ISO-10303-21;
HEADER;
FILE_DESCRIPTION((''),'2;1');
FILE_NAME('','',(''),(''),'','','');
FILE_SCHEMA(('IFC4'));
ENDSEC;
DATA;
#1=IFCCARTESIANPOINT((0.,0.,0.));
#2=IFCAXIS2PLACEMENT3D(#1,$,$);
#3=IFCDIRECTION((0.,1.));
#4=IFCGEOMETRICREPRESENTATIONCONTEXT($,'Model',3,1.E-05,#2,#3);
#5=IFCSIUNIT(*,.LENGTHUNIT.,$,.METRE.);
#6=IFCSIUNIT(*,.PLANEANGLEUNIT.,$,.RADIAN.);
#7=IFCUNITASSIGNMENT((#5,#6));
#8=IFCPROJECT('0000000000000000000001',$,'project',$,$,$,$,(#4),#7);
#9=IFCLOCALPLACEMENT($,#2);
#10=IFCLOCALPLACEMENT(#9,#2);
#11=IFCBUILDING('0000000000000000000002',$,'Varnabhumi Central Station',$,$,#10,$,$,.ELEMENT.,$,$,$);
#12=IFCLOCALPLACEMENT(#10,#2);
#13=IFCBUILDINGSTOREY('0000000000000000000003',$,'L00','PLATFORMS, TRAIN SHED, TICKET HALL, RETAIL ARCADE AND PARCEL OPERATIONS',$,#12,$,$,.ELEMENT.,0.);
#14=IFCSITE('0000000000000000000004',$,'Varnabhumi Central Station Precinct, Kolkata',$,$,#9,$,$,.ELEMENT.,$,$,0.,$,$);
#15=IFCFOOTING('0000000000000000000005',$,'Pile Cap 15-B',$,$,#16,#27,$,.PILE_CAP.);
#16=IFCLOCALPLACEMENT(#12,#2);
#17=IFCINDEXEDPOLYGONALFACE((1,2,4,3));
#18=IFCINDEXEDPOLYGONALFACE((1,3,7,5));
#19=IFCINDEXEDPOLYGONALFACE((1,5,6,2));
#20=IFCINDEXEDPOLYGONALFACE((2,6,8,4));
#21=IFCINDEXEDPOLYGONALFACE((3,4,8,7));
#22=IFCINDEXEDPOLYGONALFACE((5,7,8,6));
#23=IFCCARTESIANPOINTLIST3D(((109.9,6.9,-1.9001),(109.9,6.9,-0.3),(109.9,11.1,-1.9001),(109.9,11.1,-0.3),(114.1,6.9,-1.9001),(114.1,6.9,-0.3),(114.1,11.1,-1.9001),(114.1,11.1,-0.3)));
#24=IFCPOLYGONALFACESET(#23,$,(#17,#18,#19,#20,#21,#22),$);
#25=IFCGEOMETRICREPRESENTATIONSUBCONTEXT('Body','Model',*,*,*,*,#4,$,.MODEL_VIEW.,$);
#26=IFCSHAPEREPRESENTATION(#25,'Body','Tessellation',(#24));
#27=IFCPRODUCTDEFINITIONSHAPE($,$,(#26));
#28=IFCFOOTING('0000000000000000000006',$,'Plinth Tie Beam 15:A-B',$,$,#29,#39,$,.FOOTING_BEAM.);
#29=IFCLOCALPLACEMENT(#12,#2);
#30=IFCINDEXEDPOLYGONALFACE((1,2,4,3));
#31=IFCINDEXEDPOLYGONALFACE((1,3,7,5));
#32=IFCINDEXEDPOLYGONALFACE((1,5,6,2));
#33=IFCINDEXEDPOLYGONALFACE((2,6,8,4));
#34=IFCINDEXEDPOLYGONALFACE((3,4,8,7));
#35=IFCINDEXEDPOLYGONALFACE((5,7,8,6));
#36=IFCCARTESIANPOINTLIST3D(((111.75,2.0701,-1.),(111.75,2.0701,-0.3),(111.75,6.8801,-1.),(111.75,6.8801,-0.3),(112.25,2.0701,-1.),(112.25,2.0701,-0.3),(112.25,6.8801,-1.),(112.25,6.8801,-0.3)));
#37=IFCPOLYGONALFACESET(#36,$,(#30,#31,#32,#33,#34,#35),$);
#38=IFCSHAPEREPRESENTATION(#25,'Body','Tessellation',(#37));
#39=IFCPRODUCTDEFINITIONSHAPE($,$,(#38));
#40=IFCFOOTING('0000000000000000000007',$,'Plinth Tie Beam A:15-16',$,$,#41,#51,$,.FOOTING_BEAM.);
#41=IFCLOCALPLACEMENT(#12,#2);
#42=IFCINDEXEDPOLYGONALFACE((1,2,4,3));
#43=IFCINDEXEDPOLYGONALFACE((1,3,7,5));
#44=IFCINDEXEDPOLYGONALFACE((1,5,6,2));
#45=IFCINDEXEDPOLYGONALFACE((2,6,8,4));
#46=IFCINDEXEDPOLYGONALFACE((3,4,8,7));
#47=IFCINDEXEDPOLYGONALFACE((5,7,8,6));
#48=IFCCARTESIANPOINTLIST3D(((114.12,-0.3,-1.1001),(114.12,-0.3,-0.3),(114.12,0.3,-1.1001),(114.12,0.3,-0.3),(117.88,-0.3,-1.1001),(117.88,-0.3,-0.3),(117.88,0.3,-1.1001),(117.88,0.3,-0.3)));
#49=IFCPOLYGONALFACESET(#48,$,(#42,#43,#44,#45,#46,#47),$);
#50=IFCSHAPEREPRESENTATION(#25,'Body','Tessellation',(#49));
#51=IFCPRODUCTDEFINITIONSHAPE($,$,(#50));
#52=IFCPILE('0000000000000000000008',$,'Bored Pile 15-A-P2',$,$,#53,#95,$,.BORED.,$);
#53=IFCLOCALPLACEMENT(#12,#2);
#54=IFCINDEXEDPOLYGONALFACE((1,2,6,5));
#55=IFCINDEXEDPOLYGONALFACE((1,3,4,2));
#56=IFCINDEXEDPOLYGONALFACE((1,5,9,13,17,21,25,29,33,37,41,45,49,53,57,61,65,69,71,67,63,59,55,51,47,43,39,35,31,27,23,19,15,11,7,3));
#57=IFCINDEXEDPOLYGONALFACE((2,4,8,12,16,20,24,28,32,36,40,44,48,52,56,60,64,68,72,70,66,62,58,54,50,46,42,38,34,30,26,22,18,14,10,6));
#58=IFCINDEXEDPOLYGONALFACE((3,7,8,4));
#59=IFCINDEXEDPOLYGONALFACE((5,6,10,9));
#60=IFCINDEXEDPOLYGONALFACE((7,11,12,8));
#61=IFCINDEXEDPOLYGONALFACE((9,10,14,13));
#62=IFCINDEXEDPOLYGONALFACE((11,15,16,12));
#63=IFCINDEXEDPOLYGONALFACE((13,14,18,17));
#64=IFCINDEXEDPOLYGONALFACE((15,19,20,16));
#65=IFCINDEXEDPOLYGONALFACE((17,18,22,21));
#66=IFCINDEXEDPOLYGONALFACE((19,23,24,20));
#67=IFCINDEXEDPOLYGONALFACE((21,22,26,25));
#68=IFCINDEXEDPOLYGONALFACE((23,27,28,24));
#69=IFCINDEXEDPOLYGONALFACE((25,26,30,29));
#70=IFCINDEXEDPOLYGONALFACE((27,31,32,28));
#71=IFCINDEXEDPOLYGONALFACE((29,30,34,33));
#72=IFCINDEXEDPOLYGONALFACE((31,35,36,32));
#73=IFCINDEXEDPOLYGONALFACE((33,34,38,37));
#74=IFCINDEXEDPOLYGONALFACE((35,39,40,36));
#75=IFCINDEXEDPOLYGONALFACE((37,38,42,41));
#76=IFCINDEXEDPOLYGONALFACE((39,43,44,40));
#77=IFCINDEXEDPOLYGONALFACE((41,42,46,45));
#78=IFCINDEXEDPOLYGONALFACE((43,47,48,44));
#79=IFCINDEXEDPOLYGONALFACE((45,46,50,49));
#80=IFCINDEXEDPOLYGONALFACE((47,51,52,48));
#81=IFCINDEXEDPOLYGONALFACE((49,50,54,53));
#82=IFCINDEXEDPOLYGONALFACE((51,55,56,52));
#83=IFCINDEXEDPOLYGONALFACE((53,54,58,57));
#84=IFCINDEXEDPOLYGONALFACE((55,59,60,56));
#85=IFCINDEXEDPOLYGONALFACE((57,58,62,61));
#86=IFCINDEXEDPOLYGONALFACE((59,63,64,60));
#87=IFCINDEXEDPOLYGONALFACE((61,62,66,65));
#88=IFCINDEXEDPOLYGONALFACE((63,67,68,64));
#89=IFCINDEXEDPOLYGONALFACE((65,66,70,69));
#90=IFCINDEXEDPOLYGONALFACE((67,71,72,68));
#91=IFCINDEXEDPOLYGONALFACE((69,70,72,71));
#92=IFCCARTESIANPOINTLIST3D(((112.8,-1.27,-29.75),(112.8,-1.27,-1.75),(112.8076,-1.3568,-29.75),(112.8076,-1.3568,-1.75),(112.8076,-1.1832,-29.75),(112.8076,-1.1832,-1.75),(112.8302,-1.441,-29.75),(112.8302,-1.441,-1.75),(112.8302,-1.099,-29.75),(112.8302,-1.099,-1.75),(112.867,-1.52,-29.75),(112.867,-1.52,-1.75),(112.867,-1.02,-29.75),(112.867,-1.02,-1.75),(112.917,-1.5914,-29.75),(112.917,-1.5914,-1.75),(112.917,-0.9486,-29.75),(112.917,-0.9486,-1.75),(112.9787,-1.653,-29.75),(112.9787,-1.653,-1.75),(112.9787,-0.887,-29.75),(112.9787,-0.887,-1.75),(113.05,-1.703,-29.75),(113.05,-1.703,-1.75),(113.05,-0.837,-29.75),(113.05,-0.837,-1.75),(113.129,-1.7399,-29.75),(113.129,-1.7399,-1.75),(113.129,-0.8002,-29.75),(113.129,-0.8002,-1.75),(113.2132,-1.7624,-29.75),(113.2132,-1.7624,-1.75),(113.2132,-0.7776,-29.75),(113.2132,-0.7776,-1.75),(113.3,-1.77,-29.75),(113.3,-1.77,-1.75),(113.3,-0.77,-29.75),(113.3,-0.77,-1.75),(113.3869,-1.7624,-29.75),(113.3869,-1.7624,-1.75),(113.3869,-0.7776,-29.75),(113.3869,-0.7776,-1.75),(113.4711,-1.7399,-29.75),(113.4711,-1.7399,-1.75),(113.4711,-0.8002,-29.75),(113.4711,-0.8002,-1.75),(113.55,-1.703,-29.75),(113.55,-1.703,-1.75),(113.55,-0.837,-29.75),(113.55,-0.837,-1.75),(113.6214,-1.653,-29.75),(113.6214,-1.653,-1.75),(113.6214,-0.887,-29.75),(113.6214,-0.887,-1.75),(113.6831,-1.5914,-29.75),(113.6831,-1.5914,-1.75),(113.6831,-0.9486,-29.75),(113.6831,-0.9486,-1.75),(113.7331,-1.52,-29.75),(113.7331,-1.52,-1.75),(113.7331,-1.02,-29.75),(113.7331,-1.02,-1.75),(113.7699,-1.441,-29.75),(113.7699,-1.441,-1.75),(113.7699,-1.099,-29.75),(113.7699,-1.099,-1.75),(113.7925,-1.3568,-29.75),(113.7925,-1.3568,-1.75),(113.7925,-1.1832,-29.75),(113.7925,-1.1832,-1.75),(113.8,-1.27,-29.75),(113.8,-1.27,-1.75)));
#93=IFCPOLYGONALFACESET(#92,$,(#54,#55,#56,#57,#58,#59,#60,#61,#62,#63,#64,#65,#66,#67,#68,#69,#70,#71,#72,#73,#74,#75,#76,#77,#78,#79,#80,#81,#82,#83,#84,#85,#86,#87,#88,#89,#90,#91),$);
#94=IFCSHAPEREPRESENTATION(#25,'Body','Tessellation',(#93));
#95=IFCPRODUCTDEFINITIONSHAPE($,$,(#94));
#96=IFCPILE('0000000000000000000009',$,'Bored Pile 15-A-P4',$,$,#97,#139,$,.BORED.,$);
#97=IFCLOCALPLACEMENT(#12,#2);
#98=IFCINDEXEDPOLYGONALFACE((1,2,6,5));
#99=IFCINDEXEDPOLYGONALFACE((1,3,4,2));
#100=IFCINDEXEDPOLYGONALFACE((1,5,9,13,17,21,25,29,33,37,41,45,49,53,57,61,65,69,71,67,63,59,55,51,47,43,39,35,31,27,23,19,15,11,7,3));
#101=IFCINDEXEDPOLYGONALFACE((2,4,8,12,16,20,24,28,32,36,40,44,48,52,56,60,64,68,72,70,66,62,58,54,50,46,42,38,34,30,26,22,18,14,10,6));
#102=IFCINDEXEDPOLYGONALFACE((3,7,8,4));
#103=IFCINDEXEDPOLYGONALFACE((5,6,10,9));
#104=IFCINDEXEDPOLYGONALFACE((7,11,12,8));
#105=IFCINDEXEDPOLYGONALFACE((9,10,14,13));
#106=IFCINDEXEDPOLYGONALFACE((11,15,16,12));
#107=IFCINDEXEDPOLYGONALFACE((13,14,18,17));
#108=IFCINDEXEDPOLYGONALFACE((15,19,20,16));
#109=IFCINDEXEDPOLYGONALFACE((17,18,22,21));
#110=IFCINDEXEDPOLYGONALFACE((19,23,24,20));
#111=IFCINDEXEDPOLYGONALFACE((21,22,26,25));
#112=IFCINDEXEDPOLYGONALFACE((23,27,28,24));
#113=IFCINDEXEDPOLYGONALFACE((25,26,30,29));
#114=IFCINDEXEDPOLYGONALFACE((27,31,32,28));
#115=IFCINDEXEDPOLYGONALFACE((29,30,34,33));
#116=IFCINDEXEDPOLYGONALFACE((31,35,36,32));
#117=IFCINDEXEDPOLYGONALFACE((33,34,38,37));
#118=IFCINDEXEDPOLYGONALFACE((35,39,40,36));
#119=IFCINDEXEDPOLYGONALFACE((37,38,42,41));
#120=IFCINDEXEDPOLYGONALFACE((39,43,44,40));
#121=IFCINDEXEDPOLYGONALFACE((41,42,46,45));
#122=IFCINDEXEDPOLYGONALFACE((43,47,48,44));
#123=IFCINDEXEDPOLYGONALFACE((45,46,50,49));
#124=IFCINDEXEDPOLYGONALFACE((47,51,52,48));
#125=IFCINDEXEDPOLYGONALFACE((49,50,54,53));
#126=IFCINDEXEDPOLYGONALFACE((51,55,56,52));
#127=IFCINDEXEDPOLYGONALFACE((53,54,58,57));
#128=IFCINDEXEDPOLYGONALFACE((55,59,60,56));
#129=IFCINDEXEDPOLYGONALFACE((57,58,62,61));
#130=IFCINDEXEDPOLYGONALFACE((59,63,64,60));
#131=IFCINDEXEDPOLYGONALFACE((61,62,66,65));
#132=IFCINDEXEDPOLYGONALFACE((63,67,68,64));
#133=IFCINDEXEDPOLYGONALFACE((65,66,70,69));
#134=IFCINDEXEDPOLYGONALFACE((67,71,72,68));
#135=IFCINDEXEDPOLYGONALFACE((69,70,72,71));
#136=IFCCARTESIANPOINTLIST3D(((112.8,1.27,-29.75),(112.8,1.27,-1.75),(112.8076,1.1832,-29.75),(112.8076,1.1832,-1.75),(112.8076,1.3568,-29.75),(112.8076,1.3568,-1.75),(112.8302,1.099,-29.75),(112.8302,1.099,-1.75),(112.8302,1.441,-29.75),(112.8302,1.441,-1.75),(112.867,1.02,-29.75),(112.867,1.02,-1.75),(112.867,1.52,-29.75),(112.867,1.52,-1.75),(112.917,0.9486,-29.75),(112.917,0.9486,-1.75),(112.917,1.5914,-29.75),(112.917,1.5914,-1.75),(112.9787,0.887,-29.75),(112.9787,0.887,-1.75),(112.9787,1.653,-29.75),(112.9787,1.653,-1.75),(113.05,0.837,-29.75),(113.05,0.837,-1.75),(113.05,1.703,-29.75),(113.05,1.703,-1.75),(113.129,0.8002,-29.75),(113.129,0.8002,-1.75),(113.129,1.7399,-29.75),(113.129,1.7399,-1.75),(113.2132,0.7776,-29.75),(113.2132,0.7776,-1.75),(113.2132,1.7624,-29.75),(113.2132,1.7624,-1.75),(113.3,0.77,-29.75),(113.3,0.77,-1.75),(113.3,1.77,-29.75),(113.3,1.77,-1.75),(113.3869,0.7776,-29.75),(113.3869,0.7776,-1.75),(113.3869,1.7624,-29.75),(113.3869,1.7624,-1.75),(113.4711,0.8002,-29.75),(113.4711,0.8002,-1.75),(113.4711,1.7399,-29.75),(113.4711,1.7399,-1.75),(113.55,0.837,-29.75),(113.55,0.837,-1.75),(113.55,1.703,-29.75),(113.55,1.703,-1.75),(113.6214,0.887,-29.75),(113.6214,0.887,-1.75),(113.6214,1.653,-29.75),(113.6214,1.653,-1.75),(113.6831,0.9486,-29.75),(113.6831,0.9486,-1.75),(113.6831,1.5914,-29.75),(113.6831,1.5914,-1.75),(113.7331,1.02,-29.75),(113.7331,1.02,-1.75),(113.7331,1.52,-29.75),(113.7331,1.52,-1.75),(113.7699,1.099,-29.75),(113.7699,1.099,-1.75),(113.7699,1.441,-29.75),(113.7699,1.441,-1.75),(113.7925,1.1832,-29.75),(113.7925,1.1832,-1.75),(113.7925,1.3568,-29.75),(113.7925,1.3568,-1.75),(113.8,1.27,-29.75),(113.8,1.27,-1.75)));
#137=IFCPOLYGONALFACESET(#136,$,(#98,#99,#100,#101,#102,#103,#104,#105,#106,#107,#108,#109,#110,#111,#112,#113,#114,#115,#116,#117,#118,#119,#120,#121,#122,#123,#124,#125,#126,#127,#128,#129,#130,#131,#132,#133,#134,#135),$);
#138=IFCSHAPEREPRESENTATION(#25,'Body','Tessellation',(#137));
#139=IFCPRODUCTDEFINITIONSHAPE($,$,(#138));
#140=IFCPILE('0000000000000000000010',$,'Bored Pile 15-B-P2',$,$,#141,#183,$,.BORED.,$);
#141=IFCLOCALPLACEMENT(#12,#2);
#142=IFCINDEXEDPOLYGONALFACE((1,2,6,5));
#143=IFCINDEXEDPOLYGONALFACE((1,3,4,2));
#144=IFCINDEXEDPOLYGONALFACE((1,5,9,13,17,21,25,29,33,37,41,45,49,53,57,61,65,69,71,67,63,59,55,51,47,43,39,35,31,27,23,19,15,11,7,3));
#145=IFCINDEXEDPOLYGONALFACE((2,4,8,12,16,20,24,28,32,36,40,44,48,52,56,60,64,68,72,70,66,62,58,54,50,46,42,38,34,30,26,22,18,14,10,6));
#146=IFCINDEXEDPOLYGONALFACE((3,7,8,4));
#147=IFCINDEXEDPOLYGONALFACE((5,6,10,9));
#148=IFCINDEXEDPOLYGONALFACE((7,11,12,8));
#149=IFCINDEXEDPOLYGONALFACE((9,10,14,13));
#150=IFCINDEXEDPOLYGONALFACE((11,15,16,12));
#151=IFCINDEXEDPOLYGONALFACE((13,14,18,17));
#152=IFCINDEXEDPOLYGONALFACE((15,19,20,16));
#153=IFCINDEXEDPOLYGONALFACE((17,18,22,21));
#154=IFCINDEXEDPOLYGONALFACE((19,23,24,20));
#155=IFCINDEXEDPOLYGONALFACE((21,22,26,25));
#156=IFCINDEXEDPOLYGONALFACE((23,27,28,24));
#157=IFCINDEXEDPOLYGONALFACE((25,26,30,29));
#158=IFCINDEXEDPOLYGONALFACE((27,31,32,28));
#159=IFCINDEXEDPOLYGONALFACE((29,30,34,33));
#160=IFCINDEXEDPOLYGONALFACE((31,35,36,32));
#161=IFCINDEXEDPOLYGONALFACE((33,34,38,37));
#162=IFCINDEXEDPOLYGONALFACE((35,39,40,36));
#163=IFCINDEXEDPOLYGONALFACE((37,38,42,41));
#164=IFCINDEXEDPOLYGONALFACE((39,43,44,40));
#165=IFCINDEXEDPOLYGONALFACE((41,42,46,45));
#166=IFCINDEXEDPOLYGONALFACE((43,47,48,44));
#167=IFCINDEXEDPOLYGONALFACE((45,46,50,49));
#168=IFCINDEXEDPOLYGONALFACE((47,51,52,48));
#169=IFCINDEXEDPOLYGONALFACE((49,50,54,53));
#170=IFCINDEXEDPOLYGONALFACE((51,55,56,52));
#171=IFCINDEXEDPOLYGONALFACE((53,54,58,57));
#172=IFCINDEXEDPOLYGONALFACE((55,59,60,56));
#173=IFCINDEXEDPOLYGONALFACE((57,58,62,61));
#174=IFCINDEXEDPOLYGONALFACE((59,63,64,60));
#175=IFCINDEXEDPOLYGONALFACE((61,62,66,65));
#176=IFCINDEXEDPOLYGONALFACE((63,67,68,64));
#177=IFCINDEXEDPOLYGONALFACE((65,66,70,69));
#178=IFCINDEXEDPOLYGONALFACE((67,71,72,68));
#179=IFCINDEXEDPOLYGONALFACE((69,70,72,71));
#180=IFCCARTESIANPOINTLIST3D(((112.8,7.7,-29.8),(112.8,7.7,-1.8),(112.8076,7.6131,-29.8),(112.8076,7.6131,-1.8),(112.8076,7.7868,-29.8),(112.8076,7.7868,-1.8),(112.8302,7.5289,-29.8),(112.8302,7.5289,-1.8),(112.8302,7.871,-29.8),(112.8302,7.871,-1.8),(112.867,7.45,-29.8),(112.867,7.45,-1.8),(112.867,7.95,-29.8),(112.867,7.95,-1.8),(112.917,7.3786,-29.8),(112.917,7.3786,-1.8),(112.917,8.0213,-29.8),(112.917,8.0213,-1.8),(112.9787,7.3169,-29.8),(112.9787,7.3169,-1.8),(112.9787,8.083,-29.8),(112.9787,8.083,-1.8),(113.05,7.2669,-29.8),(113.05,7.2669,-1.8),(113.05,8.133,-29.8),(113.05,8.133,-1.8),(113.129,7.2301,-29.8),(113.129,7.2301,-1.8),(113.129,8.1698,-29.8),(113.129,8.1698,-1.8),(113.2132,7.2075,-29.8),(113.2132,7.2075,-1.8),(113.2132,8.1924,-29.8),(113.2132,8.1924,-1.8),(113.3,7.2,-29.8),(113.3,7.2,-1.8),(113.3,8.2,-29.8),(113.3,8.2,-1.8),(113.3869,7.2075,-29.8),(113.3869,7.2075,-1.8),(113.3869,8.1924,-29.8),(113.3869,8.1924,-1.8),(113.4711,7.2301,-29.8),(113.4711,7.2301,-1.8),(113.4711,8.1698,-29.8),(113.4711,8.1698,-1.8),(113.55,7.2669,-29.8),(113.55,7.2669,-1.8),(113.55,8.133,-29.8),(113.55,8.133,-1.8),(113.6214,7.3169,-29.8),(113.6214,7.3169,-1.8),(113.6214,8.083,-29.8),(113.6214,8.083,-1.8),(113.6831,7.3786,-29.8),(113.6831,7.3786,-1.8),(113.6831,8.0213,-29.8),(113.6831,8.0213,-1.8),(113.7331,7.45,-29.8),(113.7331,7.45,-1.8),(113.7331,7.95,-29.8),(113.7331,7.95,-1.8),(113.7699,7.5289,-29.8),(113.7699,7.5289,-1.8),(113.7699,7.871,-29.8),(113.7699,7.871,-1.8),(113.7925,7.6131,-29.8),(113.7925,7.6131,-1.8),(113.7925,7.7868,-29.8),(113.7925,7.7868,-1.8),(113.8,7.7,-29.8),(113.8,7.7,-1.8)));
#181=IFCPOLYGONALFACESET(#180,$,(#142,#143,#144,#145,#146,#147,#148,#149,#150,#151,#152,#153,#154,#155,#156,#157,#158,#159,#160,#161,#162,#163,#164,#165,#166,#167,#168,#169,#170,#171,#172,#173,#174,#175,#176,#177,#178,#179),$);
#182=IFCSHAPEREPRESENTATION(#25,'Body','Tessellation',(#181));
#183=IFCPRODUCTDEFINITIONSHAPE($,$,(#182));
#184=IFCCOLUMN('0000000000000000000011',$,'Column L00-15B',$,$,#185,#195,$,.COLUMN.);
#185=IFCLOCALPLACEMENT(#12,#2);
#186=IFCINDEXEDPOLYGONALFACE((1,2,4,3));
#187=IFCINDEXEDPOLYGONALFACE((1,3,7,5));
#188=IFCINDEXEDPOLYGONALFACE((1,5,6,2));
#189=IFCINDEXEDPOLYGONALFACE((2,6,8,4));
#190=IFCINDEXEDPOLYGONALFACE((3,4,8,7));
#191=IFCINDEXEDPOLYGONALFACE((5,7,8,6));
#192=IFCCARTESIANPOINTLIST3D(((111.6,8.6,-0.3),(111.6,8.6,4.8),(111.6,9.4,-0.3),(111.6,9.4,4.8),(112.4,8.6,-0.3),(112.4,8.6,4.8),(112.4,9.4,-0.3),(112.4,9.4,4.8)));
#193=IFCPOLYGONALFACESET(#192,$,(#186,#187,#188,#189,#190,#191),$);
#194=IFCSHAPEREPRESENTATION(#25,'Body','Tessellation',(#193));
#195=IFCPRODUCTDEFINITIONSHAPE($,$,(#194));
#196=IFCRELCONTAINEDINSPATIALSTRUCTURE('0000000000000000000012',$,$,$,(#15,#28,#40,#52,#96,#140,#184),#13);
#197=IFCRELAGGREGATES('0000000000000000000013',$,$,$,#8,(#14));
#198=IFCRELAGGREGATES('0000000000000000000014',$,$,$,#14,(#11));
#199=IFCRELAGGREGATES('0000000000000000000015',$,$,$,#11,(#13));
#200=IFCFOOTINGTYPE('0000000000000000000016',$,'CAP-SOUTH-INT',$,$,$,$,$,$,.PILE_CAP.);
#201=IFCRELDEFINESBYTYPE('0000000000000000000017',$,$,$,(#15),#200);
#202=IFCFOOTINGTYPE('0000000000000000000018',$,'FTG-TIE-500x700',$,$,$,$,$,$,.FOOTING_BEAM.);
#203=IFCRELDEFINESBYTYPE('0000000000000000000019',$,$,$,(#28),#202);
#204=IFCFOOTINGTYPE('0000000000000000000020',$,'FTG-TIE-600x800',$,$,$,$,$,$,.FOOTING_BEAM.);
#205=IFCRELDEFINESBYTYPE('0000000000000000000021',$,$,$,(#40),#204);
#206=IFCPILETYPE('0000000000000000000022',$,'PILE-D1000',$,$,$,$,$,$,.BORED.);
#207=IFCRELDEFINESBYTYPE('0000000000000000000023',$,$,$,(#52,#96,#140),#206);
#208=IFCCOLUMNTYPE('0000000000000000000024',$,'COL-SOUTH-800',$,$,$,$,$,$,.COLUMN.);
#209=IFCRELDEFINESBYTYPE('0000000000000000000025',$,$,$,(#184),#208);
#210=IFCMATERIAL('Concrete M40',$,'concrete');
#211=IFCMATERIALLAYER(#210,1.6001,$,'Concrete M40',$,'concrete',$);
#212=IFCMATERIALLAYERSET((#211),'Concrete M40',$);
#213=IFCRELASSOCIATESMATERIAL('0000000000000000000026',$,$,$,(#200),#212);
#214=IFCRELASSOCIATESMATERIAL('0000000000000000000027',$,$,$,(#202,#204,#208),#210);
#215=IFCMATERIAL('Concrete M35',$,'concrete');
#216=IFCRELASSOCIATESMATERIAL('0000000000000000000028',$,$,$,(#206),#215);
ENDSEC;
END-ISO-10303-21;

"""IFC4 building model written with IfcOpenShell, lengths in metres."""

from ifc_helpers import new_model, si_unit, direction, frame, origin, origin_2d, place, context, subcontext, project, spatial, rectangle, circle, extrude, material, layer, layer_set, material_profile, profile_set, type_object, element, save


model = new_model("IFC4")

# Units and contexts
model_context = context("Model", 3, precision=1e-05, world=origin(), true_north=direction((0.0, 1.0)))
body_context = subcontext(model_context, "Body", "Model", "MODEL_VIEW")
ifc_project = project(units=[si_unit("LENGTHUNIT", "METRE"), si_unit("PLANEANGLEUNIT", "RADIAN")], contexts=[model_context])

# Site, building, storey
site_placement = place(None, origin())
site = spatial("IfcSite", under=ifc_project, at=site_placement, Name="Varnabhumi Central Station Precinct, Kolkata", CompositionType="ELEMENT", RefElevation=0.0)
building_placement = place(site_placement, origin())
building = spatial("IfcBuilding", under=site, at=building_placement, Name="Varnabhumi Central Station", CompositionType="ELEMENT")
storey_placement = place(building_placement, origin())
storey = spatial("IfcBuildingStorey", under=building, at=storey_placement, Name="L00", Description="PLATFORMS, TRAIN SHED, TICKET HALL, RETAIL ARCADE AND PARCEL OPERATIONS", CompositionType="ELEMENT", Elevation=0.0)

# Footings
ifc_material_1 = material(Name="Concrete M40", Category="concrete")
ifc_layer_1 = layer(ifc_material_1, 1.6001, Name="Concrete M40", Category="concrete")
ifc_layer_set_1 = layer_set([ifc_layer_1], Name="Concrete M40")
footing_type_1 = type_object("IfcFootingType", Name="CAP-SOUTH-INT", PredefinedType="PILE_CAP", material=ifc_layer_set_1)
footing_1_placement = place(storey_placement, frame((112.0, 9.0, -1.9001), z_axis=(0.0, 0.0, 1.0), x_axis=(1.0, 0.0, 0.0)))
element("IfcFooting", 1, at=footing_1_placement, inside=storey, type_object=footing_type_1, Name="Pile Cap 15-B", PredefinedType="PILE_CAP", context=body_context, shape_type="SweptSolid", body=[
    extrude(rectangle(XDim=4.2, YDim=4.2, at=origin_2d()), origin(), (0.0, 0.0, 1.0), 1.6001),
])
footing_type_2 = type_object("IfcFootingType", Name="FTG-TIE-500x700", PredefinedType="FOOTING_BEAM", material=ifc_material_1)
footing_2_placement = place(storey_placement, frame((112.0, 4.4751, -1.0), z_axis=(0.0, 0.0, 1.0), x_axis=(1.0, 0.0, 0.0)))
element("IfcFooting", 2, at=footing_2_placement, inside=storey, type_object=footing_type_2, Name="Plinth Tie Beam 15:A-B", PredefinedType="FOOTING_BEAM", context=body_context, shape_type="SweptSolid", body=[
    extrude(rectangle(XDim=0.5, YDim=4.8101, at=origin_2d()), origin(), (0.0, 0.0, 1.0), 0.7),
])
footing_type_3 = type_object("IfcFootingType", Name="FTG-TIE-600x800", PredefinedType="FOOTING_BEAM", material=ifc_material_1)
footing_3_placement = place(storey_placement, frame((116.0, 0.0, -1.1001), z_axis=(0.0, 0.0, 1.0), x_axis=(1.0, 0.0, 0.0)))
element("IfcFooting", 3, at=footing_3_placement, inside=storey, type_object=footing_type_3, Name="Plinth Tie Beam A:15-16", PredefinedType="FOOTING_BEAM", context=body_context, shape_type="SweptSolid", body=[
    extrude(rectangle(XDim=3.76, YDim=0.6001, at=origin_2d()), origin(), (0.0, 0.0, 1.0), 0.8),
])

# Piles
ifc_material_2 = material(Name="Concrete M35", Category="concrete")
ifc_material_profile_1 = material_profile(ifc_material_2, circle(Radius=0.5, at=origin_2d()), Name="Concrete M35", Category="concrete")
ifc_profile_set_1 = profile_set([ifc_material_profile_1], Name="Concrete M35")
pile_type = type_object("IfcPileType", Name="PILE-D1000", PredefinedType="BORED", material=ifc_profile_set_1)
for number, where, z_axis, x_axis, name in (
    (4, (113.3, -1.27, -1.75), (0.0, 0.0, -1.0), (1.0, 0.0, 0.0), "Bored Pile 15-A-P2"),
    (5, (113.3, 1.27, -1.75), (0.0, 0.0, -1.0), (1.0, 0.0, 0.0), "Bored Pile 15-A-P4"),
    (6, (113.3, 7.7, -1.8), (0.0, 0.0, -1.0), (1.0, 0.0, 0.0), "Bored Pile 15-B-P2"),
):
    element("IfcPile", number, at=place(storey_placement, frame(where, z_axis=z_axis, x_axis=x_axis)), inside=storey, type_object=pile_type, Name=name, PredefinedType="BORED", context=body_context, shape_type="SweptSolid", body=[
        extrude(circle(Radius=0.5, at=origin_2d()), origin(), (0.0, 0.0, 1.0), 28.0),
    ])

# Column
ifc_material_profile_2 = material_profile(ifc_material_1, rectangle(XDim=0.8, YDim=0.8, at=origin_2d()), Name="Concrete M40", Category="concrete")
ifc_profile_set_2 = profile_set([ifc_material_profile_2], Name="Concrete M40")
column_type = type_object("IfcColumnType", Name="COL-SOUTH-800", PredefinedType="COLUMN", material=ifc_profile_set_2)
column_placement = place(storey_placement, frame((112.0, 9.0, -0.3), z_axis=(0.0, 0.0, 1.0), x_axis=(1.0, 0.0, 0.0)))
element("IfcColumn", 7, at=column_placement, inside=storey, type_object=column_type, Name="Column L00-15B", PredefinedType="COLUMN", context=body_context, shape_type="SweptSolid", body=[
    extrude(rectangle(XDim=0.8, YDim=0.8, at=origin_2d()), origin(), (0.0, 0.0, 1.0), 5.1001),
])

save(model, "model.ifc")
